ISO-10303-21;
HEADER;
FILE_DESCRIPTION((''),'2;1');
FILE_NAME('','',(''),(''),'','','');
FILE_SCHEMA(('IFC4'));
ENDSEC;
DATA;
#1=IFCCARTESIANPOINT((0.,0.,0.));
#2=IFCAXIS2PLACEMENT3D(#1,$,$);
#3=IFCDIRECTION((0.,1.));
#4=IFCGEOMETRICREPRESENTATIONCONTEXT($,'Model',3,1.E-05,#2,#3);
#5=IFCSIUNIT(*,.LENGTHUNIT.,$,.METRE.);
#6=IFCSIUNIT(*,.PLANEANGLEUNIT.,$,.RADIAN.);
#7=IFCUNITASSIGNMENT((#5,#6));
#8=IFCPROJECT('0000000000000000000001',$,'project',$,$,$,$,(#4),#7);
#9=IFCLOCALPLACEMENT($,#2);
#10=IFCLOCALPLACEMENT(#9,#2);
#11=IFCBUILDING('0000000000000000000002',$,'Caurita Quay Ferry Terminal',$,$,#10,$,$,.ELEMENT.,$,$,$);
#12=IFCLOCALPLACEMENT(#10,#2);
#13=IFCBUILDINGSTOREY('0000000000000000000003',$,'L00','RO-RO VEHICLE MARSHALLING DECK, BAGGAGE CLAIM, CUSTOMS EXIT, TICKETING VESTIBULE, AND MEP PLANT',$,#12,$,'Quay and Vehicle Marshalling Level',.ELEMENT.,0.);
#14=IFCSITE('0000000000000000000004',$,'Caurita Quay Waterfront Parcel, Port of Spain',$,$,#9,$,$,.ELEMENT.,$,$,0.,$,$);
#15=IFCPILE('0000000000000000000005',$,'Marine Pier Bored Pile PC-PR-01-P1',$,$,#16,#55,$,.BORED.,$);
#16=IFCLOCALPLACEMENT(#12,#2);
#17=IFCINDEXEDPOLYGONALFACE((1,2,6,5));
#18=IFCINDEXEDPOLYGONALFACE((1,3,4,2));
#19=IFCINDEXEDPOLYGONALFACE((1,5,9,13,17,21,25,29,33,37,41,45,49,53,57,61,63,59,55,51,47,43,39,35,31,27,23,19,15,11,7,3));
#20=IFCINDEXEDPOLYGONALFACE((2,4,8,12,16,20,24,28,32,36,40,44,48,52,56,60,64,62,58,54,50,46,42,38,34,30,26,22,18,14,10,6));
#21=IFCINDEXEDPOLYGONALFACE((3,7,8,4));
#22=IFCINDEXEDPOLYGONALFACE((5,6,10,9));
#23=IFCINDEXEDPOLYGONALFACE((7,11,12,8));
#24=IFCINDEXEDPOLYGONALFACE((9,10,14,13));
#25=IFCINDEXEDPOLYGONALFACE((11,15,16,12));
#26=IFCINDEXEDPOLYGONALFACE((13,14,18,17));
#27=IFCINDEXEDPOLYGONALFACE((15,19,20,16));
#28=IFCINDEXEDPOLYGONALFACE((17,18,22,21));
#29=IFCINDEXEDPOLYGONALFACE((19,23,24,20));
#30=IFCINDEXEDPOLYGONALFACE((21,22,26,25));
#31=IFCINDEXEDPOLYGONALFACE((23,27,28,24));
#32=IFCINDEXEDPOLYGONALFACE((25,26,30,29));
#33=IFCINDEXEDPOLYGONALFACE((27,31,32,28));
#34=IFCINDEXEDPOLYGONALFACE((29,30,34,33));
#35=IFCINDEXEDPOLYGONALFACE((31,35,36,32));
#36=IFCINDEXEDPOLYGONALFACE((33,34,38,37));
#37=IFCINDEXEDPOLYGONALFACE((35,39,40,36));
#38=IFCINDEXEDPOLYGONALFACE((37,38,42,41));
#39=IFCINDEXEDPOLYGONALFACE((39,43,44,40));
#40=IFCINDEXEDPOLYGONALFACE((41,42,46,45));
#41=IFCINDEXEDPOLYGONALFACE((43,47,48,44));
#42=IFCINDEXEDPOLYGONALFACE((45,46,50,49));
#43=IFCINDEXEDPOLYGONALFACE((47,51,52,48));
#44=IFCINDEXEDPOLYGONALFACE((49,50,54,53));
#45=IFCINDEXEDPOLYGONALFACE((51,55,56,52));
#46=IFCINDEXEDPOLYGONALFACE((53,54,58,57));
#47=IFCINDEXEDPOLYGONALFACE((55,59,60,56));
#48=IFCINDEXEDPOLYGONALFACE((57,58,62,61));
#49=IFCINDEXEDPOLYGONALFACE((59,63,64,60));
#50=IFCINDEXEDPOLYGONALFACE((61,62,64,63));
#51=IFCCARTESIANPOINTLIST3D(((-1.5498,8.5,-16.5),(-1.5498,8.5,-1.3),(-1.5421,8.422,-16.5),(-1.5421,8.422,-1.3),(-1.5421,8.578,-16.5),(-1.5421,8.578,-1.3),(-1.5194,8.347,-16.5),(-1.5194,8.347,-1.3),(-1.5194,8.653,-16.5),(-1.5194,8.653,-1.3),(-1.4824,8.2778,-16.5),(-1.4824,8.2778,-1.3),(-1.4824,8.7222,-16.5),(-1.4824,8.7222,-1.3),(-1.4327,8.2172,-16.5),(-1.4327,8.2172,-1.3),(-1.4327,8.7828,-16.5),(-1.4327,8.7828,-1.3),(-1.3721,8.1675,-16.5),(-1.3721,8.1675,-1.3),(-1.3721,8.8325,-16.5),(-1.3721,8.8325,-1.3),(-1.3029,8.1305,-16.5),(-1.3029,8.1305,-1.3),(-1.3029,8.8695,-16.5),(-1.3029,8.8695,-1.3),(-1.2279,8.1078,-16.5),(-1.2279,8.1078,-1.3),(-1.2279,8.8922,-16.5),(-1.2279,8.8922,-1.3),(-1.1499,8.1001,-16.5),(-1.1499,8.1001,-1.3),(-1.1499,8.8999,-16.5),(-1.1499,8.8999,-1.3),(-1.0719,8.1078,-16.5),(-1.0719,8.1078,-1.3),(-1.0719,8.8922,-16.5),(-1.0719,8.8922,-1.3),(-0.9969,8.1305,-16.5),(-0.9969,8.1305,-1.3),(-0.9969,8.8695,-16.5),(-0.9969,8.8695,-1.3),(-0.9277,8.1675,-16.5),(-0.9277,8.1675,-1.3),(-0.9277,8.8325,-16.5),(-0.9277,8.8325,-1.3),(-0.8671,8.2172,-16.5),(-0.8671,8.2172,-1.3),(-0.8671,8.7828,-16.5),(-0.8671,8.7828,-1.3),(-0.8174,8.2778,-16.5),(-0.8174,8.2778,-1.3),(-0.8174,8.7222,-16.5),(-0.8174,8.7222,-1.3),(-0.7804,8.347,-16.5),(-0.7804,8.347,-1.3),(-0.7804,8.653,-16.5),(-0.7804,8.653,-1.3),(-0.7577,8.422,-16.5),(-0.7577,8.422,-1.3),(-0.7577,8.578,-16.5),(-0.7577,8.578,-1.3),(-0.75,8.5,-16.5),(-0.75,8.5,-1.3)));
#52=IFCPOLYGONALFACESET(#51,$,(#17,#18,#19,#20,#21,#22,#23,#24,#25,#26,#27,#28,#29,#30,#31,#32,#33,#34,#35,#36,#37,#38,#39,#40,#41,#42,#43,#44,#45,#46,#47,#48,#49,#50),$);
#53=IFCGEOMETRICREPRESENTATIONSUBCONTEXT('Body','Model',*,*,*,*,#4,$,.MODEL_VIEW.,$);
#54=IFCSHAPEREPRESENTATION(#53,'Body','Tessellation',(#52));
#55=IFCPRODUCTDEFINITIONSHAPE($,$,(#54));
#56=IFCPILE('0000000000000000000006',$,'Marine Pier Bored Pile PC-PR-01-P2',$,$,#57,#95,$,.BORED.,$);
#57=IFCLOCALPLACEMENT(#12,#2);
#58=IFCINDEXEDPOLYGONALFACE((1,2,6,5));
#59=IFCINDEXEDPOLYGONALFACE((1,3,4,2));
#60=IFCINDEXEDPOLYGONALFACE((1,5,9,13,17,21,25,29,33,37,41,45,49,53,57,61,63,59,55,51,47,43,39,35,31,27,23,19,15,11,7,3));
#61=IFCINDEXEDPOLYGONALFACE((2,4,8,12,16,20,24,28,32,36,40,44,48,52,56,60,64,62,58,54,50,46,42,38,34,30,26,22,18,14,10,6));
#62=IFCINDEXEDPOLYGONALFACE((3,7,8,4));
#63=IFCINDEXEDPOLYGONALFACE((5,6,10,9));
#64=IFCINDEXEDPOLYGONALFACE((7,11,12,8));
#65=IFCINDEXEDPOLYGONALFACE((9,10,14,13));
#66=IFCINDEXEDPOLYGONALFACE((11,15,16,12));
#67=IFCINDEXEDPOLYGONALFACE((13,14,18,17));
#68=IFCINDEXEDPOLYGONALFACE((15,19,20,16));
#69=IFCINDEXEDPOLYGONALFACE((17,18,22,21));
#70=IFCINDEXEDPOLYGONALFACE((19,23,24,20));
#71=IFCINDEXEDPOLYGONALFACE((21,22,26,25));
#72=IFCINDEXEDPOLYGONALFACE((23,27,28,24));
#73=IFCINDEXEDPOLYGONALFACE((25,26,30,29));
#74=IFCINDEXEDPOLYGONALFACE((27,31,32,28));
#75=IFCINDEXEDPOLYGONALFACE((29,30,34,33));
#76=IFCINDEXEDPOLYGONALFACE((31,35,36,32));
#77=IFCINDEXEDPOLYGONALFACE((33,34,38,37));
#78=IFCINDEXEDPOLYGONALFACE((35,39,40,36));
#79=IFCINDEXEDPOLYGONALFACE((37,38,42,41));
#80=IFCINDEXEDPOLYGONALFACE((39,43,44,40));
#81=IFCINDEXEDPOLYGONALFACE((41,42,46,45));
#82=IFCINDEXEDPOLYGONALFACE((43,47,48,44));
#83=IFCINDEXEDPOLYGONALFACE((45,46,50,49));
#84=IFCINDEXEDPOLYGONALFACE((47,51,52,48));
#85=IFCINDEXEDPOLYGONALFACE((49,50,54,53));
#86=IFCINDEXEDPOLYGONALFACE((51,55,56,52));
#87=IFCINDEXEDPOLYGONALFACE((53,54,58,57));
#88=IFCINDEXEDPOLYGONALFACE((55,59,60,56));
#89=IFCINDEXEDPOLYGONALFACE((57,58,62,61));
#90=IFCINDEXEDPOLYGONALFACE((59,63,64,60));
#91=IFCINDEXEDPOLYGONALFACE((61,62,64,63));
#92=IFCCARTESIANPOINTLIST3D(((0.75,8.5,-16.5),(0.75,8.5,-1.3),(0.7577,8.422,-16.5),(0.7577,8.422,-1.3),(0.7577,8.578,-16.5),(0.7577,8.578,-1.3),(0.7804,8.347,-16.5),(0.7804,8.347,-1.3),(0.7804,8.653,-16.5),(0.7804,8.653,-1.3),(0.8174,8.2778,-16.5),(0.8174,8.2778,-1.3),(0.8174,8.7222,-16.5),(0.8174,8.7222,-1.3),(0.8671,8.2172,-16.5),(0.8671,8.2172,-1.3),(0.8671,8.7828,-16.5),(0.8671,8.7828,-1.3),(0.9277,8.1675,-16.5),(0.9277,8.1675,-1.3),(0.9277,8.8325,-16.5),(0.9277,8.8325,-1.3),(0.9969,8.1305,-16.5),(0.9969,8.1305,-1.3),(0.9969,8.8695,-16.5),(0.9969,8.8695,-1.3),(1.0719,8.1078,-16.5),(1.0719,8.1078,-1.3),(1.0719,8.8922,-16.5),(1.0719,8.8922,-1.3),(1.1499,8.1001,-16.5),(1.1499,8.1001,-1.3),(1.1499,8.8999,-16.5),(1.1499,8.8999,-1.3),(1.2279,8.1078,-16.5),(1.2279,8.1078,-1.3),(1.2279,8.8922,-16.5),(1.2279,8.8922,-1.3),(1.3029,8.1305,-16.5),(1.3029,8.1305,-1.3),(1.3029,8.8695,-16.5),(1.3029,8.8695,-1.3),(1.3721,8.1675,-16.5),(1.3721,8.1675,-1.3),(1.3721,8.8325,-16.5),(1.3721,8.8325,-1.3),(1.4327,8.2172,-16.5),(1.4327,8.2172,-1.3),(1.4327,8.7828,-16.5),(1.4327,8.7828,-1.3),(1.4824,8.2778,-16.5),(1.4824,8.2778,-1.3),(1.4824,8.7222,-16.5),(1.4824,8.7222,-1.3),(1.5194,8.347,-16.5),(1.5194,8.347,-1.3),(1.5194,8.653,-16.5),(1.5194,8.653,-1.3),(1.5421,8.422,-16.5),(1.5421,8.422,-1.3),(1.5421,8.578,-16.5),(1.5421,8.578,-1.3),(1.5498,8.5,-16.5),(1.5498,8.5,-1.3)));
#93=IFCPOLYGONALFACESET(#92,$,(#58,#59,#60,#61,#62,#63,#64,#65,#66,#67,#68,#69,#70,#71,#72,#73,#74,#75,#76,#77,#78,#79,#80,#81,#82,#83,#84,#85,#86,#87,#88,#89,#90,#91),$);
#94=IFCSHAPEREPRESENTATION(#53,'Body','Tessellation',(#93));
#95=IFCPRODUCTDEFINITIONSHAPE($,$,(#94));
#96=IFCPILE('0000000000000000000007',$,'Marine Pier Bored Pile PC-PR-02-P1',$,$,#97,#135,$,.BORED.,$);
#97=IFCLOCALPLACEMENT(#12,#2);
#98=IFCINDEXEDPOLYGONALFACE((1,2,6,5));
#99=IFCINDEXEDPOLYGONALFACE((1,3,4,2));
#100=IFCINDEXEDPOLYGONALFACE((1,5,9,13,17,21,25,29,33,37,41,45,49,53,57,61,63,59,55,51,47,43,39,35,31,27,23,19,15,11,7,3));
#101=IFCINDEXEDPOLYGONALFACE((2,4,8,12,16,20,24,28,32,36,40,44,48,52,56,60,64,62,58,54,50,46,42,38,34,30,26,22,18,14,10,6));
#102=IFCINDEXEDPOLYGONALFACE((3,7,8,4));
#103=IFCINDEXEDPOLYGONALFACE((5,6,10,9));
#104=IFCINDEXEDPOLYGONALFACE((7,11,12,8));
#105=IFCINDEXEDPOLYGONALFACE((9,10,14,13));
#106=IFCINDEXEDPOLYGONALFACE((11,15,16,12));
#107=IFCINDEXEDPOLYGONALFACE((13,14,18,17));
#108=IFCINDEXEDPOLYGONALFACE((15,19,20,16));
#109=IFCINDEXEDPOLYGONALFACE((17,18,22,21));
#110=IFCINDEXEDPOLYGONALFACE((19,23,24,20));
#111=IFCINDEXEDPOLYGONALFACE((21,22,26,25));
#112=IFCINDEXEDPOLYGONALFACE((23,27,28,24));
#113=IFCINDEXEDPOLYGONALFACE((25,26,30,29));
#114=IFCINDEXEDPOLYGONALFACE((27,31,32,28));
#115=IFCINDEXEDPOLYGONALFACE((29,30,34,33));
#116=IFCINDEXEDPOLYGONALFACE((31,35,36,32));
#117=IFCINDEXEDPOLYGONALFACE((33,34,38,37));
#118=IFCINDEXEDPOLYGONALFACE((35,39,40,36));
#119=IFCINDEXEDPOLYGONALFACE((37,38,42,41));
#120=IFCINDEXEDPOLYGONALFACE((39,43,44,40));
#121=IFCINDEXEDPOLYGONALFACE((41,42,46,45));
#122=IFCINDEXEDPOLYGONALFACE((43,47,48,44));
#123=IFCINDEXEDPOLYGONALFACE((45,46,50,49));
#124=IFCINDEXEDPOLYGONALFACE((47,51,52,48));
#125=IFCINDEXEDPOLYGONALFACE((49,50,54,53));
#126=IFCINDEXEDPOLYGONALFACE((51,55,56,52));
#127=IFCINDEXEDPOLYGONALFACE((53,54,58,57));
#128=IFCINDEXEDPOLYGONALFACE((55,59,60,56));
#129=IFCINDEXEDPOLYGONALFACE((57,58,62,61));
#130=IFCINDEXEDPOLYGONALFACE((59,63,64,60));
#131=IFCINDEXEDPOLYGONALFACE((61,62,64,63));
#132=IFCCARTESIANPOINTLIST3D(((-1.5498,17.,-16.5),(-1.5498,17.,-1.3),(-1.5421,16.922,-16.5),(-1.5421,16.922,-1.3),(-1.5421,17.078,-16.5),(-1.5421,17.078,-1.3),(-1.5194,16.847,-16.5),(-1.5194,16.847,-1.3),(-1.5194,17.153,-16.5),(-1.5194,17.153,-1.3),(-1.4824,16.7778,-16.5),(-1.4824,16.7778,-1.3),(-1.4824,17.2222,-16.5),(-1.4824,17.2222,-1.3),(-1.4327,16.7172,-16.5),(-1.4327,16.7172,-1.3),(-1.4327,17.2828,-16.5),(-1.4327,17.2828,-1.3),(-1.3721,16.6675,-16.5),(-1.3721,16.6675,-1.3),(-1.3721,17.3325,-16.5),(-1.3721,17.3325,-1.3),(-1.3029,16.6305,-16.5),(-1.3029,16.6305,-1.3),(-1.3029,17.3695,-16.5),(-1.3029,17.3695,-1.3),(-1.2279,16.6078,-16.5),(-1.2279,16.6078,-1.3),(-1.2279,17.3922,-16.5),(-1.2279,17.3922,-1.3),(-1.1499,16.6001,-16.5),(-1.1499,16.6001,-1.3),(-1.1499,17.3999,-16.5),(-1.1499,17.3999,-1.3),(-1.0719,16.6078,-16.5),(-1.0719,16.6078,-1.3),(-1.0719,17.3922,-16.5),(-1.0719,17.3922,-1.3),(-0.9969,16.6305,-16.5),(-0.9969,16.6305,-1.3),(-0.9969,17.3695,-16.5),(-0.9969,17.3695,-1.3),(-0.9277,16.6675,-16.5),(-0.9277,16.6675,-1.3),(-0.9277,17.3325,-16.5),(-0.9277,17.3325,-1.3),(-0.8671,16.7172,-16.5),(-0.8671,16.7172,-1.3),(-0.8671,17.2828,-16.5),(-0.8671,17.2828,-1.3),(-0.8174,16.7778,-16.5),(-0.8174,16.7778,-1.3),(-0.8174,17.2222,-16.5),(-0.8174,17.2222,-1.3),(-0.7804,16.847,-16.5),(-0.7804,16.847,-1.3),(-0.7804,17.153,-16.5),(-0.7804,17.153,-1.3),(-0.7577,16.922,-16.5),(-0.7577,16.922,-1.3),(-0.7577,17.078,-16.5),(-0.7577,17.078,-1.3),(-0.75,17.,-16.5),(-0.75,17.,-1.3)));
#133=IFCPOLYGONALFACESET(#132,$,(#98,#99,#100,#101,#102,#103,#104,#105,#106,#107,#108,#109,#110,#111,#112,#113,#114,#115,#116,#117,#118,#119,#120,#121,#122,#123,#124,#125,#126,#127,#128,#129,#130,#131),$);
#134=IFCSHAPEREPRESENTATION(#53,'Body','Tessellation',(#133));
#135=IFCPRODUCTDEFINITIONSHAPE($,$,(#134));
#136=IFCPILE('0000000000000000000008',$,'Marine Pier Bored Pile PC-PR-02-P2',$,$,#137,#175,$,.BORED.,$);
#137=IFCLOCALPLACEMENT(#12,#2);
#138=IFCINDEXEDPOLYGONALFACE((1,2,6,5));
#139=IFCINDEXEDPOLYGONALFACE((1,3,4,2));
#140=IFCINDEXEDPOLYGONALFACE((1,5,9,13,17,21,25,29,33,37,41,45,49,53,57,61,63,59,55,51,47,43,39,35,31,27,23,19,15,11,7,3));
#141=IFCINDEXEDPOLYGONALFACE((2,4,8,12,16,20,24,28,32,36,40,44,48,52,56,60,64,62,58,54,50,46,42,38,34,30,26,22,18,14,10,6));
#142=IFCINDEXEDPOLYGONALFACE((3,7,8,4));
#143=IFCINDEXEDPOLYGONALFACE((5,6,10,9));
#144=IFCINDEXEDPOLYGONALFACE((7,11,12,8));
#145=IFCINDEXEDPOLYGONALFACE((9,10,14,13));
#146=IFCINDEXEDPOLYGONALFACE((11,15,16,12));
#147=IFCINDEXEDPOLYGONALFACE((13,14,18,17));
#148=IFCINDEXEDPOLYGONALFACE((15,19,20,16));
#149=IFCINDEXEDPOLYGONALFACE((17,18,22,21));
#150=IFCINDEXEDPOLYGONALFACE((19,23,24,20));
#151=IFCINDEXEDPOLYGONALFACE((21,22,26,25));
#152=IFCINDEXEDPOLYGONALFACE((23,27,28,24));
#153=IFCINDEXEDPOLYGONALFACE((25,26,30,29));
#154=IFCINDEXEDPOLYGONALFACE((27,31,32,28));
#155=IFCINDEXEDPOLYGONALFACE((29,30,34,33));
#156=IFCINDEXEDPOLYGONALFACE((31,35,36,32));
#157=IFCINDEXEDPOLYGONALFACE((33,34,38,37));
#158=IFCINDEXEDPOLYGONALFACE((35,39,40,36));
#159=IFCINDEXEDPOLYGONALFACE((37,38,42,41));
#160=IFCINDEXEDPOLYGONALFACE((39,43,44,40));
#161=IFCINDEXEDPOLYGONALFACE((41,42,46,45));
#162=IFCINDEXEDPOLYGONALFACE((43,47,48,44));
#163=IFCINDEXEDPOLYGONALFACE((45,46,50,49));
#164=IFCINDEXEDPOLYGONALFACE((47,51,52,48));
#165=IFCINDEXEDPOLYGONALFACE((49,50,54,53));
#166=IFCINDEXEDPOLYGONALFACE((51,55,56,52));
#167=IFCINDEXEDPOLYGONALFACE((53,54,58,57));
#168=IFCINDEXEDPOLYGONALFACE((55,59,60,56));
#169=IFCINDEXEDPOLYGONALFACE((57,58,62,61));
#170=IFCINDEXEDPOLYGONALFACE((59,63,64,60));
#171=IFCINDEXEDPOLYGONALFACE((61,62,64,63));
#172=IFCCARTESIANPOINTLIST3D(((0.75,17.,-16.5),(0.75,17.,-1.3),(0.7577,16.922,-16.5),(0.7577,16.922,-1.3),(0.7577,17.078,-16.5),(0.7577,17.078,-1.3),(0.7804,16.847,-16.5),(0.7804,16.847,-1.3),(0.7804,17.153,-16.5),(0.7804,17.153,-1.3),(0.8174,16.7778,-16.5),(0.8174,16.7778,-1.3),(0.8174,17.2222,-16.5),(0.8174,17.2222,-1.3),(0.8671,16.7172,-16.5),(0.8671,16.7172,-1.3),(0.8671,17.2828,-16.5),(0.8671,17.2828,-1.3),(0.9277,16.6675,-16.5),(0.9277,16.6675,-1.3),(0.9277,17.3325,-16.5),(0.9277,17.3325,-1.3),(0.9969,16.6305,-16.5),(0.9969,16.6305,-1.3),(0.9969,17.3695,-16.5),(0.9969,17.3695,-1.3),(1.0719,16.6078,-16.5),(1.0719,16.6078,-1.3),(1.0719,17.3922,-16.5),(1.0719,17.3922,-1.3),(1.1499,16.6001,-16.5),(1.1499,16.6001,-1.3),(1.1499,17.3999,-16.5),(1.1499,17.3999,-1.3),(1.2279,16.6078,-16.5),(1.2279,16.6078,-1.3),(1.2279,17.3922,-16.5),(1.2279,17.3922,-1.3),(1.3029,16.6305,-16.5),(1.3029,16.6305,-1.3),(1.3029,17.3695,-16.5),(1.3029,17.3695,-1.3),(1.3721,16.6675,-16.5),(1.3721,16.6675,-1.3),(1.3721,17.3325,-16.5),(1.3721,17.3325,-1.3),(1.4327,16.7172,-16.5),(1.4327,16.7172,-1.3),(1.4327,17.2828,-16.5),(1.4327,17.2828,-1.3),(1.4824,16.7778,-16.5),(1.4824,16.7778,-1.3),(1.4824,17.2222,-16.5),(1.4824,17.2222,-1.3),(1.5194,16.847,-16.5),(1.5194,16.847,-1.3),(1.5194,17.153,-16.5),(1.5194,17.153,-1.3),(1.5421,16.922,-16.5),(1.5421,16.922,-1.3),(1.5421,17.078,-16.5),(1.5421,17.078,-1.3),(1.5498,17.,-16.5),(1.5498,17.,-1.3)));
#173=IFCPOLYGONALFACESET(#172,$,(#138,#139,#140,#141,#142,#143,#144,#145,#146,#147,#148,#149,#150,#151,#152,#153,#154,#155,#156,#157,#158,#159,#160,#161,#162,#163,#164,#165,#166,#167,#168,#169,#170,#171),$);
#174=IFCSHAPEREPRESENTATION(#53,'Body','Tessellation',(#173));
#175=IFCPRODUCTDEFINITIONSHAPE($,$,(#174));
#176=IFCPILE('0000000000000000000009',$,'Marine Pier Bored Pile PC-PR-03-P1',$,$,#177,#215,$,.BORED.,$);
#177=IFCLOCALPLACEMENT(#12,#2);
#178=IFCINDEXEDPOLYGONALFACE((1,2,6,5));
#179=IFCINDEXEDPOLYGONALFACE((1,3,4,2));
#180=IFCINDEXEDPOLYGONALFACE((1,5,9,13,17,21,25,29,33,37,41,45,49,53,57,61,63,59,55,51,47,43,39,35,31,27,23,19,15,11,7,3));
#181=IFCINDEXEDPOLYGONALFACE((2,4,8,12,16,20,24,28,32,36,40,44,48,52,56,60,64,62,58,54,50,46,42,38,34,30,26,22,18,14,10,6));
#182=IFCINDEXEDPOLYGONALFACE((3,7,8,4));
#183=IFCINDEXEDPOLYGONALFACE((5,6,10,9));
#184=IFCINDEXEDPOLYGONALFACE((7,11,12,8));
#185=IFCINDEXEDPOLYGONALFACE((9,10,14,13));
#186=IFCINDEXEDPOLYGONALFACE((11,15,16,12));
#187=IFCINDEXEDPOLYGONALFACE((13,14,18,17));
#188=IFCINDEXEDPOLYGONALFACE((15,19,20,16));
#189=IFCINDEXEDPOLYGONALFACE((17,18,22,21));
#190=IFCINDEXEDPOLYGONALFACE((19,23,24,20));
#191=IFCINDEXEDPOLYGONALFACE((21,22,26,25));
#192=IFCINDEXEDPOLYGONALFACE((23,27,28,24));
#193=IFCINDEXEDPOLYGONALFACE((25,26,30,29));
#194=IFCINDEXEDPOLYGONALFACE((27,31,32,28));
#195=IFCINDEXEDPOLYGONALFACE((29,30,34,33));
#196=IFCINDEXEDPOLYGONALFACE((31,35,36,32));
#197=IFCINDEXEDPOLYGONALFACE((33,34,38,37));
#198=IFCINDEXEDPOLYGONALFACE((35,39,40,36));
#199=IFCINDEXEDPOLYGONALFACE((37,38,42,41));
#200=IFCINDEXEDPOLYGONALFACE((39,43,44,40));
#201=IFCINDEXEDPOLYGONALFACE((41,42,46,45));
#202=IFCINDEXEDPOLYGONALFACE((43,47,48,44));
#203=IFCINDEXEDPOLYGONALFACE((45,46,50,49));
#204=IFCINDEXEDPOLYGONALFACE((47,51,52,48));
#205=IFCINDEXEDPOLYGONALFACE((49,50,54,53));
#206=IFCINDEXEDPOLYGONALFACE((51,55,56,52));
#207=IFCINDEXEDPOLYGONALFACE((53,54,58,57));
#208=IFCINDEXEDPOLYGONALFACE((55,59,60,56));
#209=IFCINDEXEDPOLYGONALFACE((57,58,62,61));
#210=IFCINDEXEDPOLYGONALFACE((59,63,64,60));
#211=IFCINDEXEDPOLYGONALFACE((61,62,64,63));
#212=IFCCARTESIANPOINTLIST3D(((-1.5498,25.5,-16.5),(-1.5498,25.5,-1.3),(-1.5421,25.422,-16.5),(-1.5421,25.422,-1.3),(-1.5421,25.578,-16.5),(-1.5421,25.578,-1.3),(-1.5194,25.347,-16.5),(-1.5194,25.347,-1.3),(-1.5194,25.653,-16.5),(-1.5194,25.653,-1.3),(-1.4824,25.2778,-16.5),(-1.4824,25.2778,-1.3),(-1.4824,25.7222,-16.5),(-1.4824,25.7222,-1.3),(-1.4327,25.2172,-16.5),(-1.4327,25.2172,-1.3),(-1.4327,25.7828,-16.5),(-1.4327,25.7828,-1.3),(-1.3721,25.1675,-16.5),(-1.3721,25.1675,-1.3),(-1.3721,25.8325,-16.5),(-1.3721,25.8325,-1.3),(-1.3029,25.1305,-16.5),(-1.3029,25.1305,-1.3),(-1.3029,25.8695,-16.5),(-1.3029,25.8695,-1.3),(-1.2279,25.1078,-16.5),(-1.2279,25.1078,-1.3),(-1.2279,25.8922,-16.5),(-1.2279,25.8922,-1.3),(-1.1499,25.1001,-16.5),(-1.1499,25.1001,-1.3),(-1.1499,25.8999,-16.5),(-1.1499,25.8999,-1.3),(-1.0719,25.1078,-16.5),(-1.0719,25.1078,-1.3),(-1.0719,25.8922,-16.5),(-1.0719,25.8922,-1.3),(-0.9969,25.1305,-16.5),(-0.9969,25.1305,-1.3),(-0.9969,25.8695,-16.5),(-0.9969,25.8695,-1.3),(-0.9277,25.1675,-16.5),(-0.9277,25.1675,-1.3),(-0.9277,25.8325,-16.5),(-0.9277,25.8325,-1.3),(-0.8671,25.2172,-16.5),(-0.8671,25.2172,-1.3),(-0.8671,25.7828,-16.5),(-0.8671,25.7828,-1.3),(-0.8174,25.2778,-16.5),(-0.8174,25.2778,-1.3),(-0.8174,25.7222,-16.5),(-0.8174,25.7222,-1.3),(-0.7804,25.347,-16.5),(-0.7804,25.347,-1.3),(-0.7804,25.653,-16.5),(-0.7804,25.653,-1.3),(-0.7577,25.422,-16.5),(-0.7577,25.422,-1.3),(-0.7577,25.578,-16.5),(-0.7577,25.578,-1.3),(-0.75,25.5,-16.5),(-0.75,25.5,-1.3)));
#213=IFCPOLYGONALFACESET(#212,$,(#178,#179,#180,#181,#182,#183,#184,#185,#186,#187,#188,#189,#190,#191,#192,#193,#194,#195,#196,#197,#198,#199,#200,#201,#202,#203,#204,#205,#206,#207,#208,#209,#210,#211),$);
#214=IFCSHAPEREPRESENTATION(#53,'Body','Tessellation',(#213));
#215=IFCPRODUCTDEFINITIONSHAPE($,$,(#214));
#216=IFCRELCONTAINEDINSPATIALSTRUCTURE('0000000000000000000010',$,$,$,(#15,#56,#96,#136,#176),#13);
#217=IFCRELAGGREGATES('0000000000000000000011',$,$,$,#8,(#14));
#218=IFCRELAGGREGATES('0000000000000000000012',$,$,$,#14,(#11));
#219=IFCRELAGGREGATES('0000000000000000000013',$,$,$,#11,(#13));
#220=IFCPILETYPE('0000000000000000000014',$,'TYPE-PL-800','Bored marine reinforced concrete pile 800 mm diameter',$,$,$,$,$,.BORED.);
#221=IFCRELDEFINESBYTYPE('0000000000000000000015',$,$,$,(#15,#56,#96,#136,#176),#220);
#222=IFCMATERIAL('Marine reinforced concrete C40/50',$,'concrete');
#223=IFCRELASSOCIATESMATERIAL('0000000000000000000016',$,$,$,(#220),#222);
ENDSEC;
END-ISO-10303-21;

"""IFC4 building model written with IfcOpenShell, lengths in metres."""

from ifc_helpers import new_model, si_unit, direction, frame, origin, origin_2d, place, context, subcontext, project, spatial, circle, extrude, material, material_profile, profile_set, type_object, element, save


model = new_model("IFC4")

# Units and contexts
model_context = context("Model", 3, precision=1e-05, world=origin(), true_north=direction((0.0, 1.0)))
body_context = subcontext(model_context, "Body", "Model", "MODEL_VIEW")
ifc_project = project(units=[si_unit("LENGTHUNIT", "METRE"), si_unit("PLANEANGLEUNIT", "RADIAN")], contexts=[model_context])

# Site, building, storey
site_placement = place(None, origin())
site = spatial("IfcSite", under=ifc_project, at=site_placement, Name="Caurita Quay Waterfront Parcel, Port of Spain", CompositionType="ELEMENT", RefElevation=0.0)
building_placement = place(site_placement, origin())
building = spatial("IfcBuilding", under=site, at=building_placement, Name="Caurita Quay Ferry Terminal", CompositionType="ELEMENT")
storey_placement = place(building_placement, origin())
storey = spatial("IfcBuildingStorey", under=building, at=storey_placement, Name="L00", Description="RO-RO VEHICLE MARSHALLING DECK, BAGGAGE CLAIM, CUSTOMS EXIT, TICKETING VESTIBULE, AND MEP PLANT", LongName="Quay and Vehicle Marshalling Level", CompositionType="ELEMENT", Elevation=0.0)

# Piles
ifc_material_1 = material(Name="Marine reinforced concrete C40/50", Category="concrete")
ifc_material_profile = material_profile(ifc_material_1, circle(Radius=0.3999, at=origin_2d()), Name="PILE-D800")
ifc_profile_set = profile_set([ifc_material_profile], Name="Marine reinforced concrete C40/50")
pile_type = type_object("IfcPileType", Name="TYPE-PL-800", Description="Bored marine reinforced concrete pile 800 mm diameter", PredefinedType="BORED", material=ifc_profile_set)
for number, where, z_axis, x_axis, name in (
    (1, (-1.1499, 8.5, -1.3), (0.0, 0.0, -1.0), (1.0, 0.0, 0.0), "Marine Pier Bored Pile PC-PR-01-P1"),
    (2, (1.1499, 8.5, -1.3), (0.0, 0.0, -1.0), (1.0, 0.0, 0.0), "Marine Pier Bored Pile PC-PR-01-P2"),
    (3, (-1.1499, 17.0, -1.3), (0.0, 0.0, -1.0), (1.0, 0.0, 0.0), "Marine Pier Bored Pile PC-PR-02-P1"),
    (4, (1.1499, 17.0, -1.3), (0.0, 0.0, -1.0), (1.0, 0.0, 0.0), "Marine Pier Bored Pile PC-PR-02-P2"),
    (5, (-1.1499, 25.5, -1.3), (0.0, 0.0, -1.0), (1.0, 0.0, 0.0), "Marine Pier Bored Pile PC-PR-03-P1"),
):
    element("IfcPile", number, at=place(storey_placement, frame(where, z_axis=z_axis, x_axis=x_axis)), inside=storey, type_object=pile_type, Name=name, PredefinedType="BORED", context=body_context, shape_type="SweptSolid", body=[
        extrude(circle(Radius=0.3999, at=origin_2d()), origin(), (0.0, 0.0, 1.0), 15.2),
    ])

save(model, "model.ifc")
